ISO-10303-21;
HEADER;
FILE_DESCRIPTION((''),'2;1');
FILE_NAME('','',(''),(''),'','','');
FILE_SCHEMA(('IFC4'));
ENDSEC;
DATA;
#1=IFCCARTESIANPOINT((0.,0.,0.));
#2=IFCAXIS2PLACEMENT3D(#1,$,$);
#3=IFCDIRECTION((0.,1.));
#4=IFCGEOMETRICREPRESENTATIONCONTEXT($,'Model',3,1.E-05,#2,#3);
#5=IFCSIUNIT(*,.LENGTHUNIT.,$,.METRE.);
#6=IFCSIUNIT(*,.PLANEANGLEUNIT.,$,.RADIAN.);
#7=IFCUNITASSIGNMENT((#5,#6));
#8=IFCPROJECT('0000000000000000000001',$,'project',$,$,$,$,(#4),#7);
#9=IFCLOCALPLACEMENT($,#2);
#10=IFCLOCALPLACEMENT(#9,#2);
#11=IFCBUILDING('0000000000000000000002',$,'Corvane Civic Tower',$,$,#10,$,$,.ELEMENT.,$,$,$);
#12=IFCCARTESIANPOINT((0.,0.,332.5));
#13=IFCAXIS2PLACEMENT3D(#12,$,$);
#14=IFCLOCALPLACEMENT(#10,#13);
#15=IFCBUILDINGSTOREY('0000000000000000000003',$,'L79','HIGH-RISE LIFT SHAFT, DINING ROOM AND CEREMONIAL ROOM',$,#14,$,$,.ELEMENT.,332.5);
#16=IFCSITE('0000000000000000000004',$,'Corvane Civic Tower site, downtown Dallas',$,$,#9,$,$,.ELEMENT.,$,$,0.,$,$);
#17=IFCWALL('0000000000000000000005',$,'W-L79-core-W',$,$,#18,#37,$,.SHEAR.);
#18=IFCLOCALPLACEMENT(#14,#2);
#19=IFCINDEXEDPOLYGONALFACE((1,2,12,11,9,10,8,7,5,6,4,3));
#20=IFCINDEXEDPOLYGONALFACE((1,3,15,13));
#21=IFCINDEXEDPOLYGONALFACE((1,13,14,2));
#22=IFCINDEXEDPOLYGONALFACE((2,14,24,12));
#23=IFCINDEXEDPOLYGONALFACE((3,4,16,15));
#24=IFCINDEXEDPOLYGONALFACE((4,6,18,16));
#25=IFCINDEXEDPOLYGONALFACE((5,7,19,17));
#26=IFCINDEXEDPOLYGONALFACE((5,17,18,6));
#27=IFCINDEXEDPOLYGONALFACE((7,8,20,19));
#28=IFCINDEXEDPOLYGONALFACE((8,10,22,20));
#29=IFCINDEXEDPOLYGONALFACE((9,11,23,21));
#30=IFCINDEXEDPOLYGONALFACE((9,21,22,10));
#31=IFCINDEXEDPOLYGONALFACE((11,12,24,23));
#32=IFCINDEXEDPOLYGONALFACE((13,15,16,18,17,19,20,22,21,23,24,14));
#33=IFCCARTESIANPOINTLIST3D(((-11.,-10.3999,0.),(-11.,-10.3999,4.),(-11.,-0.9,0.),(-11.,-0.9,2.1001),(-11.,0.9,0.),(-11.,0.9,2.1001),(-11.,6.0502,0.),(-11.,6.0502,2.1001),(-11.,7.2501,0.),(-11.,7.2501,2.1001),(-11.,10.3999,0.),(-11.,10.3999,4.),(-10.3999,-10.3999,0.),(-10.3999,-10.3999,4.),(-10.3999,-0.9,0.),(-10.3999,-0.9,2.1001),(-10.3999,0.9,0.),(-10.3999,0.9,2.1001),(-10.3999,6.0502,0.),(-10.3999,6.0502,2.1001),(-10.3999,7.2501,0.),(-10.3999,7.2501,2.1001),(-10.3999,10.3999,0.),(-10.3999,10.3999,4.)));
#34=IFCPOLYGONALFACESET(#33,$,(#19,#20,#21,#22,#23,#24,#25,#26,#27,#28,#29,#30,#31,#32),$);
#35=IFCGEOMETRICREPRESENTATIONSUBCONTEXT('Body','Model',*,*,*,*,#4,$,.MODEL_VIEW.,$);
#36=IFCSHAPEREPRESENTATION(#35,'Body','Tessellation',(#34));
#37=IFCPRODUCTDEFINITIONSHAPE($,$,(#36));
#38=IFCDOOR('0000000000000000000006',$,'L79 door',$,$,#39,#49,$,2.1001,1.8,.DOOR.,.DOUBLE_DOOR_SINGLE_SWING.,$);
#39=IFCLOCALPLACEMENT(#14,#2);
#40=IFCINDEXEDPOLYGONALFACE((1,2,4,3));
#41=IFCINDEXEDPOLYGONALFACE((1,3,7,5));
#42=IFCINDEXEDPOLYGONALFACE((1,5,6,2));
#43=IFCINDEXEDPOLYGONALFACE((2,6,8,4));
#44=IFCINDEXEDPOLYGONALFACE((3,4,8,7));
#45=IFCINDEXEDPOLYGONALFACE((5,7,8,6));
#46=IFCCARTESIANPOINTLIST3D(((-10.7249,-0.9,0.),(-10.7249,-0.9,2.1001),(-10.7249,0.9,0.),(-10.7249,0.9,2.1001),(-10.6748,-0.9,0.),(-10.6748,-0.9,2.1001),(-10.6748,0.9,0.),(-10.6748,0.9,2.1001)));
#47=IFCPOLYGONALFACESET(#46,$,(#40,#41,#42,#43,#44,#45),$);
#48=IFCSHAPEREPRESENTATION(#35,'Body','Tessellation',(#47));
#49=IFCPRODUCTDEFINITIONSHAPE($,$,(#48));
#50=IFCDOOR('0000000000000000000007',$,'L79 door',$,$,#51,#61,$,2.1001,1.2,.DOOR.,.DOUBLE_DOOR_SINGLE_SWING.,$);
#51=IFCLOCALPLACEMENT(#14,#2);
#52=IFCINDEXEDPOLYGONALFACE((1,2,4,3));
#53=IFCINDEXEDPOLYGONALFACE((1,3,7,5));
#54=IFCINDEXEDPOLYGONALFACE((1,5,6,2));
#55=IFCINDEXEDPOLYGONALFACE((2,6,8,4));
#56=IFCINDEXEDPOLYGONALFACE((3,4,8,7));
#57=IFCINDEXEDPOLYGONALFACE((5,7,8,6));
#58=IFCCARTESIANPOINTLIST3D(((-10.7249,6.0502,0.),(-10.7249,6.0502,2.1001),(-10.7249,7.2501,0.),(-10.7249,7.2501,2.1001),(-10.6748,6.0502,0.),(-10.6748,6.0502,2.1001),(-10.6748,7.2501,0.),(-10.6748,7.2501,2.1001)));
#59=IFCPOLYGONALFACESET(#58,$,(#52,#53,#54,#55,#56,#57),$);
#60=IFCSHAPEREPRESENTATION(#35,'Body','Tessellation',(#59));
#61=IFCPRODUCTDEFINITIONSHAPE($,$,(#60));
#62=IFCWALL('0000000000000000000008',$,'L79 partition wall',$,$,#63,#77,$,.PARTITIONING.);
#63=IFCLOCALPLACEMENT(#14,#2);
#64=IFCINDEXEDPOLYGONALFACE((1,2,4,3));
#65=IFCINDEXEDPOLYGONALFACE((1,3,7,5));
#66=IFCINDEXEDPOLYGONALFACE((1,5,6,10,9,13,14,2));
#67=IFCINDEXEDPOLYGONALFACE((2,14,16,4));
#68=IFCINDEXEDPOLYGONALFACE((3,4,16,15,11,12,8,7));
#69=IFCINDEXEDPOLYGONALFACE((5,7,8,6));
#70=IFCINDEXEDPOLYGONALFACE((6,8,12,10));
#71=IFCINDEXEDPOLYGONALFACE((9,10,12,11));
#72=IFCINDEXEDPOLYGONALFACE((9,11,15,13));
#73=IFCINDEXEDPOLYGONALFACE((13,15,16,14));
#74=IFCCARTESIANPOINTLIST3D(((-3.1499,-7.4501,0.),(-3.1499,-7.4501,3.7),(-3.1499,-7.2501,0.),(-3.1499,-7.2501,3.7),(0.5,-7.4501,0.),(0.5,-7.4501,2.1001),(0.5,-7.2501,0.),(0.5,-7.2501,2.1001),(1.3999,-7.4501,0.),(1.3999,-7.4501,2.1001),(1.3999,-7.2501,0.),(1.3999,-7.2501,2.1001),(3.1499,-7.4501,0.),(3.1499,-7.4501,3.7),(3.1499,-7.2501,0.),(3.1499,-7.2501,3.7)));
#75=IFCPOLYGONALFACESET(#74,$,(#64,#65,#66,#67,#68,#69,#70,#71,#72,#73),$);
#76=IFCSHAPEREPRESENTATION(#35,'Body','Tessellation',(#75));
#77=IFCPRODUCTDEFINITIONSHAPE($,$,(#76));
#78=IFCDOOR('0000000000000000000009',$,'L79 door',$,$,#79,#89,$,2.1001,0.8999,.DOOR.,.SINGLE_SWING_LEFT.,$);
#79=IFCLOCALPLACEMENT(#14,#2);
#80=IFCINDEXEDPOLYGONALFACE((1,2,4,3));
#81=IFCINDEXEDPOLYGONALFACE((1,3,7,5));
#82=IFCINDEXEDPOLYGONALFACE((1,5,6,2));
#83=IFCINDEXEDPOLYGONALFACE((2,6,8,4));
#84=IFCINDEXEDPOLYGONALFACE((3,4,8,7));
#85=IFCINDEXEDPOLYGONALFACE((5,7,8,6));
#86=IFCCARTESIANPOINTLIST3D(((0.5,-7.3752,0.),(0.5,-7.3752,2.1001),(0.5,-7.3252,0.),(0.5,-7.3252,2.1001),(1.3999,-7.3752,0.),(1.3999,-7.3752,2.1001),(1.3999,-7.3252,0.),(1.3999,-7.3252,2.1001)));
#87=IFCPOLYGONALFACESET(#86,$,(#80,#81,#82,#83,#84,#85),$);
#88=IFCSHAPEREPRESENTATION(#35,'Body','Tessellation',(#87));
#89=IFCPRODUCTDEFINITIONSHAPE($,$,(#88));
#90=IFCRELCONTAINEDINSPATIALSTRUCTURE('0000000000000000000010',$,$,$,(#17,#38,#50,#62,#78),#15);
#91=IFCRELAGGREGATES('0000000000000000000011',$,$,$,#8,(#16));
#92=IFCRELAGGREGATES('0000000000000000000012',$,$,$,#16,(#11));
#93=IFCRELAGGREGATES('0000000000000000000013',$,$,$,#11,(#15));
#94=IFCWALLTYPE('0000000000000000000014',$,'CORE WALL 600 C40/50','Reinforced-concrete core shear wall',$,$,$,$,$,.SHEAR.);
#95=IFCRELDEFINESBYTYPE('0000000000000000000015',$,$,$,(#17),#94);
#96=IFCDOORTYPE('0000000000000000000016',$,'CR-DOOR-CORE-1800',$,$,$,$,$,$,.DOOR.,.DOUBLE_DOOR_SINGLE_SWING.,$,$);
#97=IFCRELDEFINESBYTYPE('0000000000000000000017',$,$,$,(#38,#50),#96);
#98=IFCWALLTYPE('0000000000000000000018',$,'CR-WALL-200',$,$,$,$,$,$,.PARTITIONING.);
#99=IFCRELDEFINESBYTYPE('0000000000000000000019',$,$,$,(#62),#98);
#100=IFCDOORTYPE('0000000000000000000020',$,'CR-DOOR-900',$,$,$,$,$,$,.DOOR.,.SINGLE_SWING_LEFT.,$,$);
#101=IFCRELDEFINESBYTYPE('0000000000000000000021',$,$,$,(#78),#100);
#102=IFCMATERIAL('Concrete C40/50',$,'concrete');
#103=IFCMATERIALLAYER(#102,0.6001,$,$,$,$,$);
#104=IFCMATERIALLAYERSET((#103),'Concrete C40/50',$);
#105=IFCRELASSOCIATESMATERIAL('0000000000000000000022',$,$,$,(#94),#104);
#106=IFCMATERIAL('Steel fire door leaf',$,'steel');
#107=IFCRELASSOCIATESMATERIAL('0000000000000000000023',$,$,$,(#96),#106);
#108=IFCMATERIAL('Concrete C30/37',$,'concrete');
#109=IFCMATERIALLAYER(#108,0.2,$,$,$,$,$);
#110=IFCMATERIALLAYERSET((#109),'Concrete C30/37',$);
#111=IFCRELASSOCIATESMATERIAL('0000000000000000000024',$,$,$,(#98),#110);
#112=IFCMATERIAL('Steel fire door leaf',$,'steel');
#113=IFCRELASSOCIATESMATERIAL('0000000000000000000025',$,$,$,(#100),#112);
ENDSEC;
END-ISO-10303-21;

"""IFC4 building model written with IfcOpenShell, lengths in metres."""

from ifc_helpers import new_model, si_unit, direction, frame, frame_2d, origin, place, context, subcontext, project, spatial, rectangle, extrude, material, layer, layer_set, type_object, element, fill, save


model = new_model("IFC4")

# Units and contexts
model_context = context("Model", 3, precision=1e-05, world=origin(), true_north=direction((0.0, 1.0)))
body_context = subcontext(model_context, "Body", "Model", "MODEL_VIEW")
ifc_project = project(units=[si_unit("LENGTHUNIT", "METRE"), si_unit("PLANEANGLEUNIT", "RADIAN")], contexts=[model_context])

# Site, building, storey
site_placement = place(None, origin())
site = spatial("IfcSite", under=ifc_project, at=site_placement, Name="Corvane Civic Tower site, downtown Dallas", CompositionType="ELEMENT", RefElevation=0.0)
building_placement = place(site_placement, origin())
building = spatial("IfcBuilding", under=site, at=building_placement, Name="Corvane Civic Tower", CompositionType="ELEMENT")
storey_placement = place(building_placement, frame((0.0, 0.0, 332.5)))
storey = spatial("IfcBuildingStorey", under=building, at=storey_placement, Name="L79", Description="HIGH-RISE LIFT SHAFT, DINING ROOM AND CEREMONIAL ROOM", CompositionType="ELEMENT", Elevation=332.5)

# Wall, openings, doors
ifc_material_1 = material(Name="Concrete C40/50", Category="concrete")
ifc_layer_1 = layer(ifc_material_1, 0.6001)
ifc_layer_set_1 = layer_set([ifc_layer_1], Name="Concrete C40/50")
wall_type_1 = type_object("IfcWallType", Name="CORE WALL 600 C40/50", Description="Reinforced-concrete core shear wall", PredefinedType="SHEAR", material=ifc_layer_set_1)
wall_1_placement = place(storey_placement, frame((-10.7, -10.3999, 0.0), z_axis=(0.0, 0.0, 1.0), x_axis=(0.0, 1.0, 0.0)))
wall_1 = element("IfcWall", 1, at=wall_1_placement, inside=storey, type_object=wall_type_1, Name="W-L79-core-W", PredefinedType="SHEAR", context=body_context, shape_type="SweptSolid", body=[
    extrude(rectangle(XDim=20.7998, YDim=0.6001, at=frame_2d((10.3999, 0.0))), origin(), (0.0, 0.0, 1.0), 4.0),
])
opening_1_placement = place(wall_1_placement, frame((9.5, 0.0, 0.0)))
opening_1 = element("IfcOpeningElement", 2, at=opening_1_placement, cuts=wall_1, PredefinedType="OPENING", context=body_context, shape_type="SweptSolid", body=[
    extrude(rectangle(XDim=1.8, YDim=2.1001, at=frame_2d((0.8999, 1.05))), frame((0.0, 0.3101, 0.0), z_axis=(0.0, -1.0, 0.0), x_axis=(1.0, 0.0, 0.0)), (0.0, 0.0, 1.0), 0.6201),
])
opening_2_placement = place(wall_1_placement, frame((16.45, 0.0, 0.0)))
opening_2 = element("IfcOpeningElement", 3, at=opening_2_placement, cuts=wall_1, PredefinedType="OPENING", context=body_context, shape_type="SweptSolid", body=[
    extrude(rectangle(XDim=1.2, YDim=2.1001, at=frame_2d((0.6001, 1.05))), frame((0.0, 0.3101, 0.0), z_axis=(0.0, -1.0, 0.0), x_axis=(1.0, 0.0, 0.0)), (0.0, 0.0, 1.0), 0.6201),
])
ifc_material_2 = material(Name="Steel fire door leaf", Category="steel")
door_type_1 = type_object("IfcDoorType", Name="CR-DOOR-CORE-1800", OperationType="DOUBLE_DOOR_SINGLE_SWING", PredefinedType="DOOR", material=ifc_material_2)
door_1_placement = place(opening_1_placement, origin())
door_1 = element("IfcDoor", 4, at=door_1_placement, inside=storey, type_object=door_type_1, Name="L79 door", OperationType="DOUBLE_DOOR_SINGLE_SWING", OverallHeight=2.1001, OverallWidth=1.8, PredefinedType="DOOR", context=body_context, shape_type="SweptSolid", body=[
    extrude(rectangle(XDim=1.8, YDim=2.1001, at=frame_2d((0.8999, 1.05))), frame((0.0, 0.0249, 0.0), z_axis=(0.0, -1.0, 0.0), x_axis=(1.0, 0.0, 0.0)), (0.0, 0.0, 1.0), 0.05),
])
fill(opening_1, door_1)
door_2_placement = place(opening_2_placement, origin())
door_2 = element("IfcDoor", 5, at=door_2_placement, inside=storey, type_object=door_type_1, Name="L79 door", OperationType="DOUBLE_DOOR_SINGLE_SWING", OverallHeight=2.1001, OverallWidth=1.2, PredefinedType="DOOR", context=body_context, shape_type="SweptSolid", body=[
    extrude(rectangle(XDim=1.2, YDim=2.1001, at=frame_2d((0.6001, 1.05))), frame((0.0, 0.0249, 0.0), z_axis=(0.0, -1.0, 0.0), x_axis=(1.0, 0.0, 0.0)), (0.0, 0.0, 1.0), 0.05),
])
fill(opening_2, door_2)

# Wall, opening, door
ifc_material_3 = material(Name="Concrete C30/37", Category="concrete")
ifc_layer_2 = layer(ifc_material_3, 0.2)
ifc_layer_set_2 = layer_set([ifc_layer_2], Name="Concrete C30/37")
wall_type_2 = type_object("IfcWallType", Name="CR-WALL-200", PredefinedType="PARTITIONING", material=ifc_layer_set_2)
wall_2_placement = place(storey_placement, frame((-3.1499, -7.3501, 0.0), z_axis=(0.0, 0.0, 1.0), x_axis=(1.0, 0.0, 0.0)))
wall_2 = element("IfcWall", 6, at=wall_2_placement, inside=storey, type_object=wall_type_2, Name="L79 partition wall", PredefinedType="PARTITIONING", context=body_context, shape_type="SweptSolid", body=[
    extrude(rectangle(XDim=6.2998, YDim=0.2, at=frame_2d((3.1499, 0.0))), origin(), (0.0, 0.0, 1.0), 3.7),
])
opening_3_placement = place(wall_2_placement, frame((3.6499, 0.0, 0.0)))
opening_3 = element("IfcOpeningElement", 7, at=opening_3_placement, cuts=wall_2, PredefinedType="OPENING", context=body_context, shape_type="SweptSolid", body=[
    extrude(rectangle(XDim=0.8999, YDim=2.1001, at=frame_2d((0.45, 1.05))), frame((0.0, 0.1099, 0.0), z_axis=(0.0, -1.0, 0.0), x_axis=(1.0, 0.0, 0.0)), (0.0, 0.0, 1.0), 0.22),
])
ifc_material_4 = material(Name="Steel fire door leaf", Category="steel")
door_type_2 = type_object("IfcDoorType", Name="CR-DOOR-900", OperationType="SINGLE_SWING_LEFT", PredefinedType="DOOR", material=ifc_material_4)
door_3_placement = place(opening_3_placement, origin())
door_3 = element("IfcDoor", 8, at=door_3_placement, inside=storey, type_object=door_type_2, Name="L79 door", OperationType="SINGLE_SWING_LEFT", OverallHeight=2.1001, OverallWidth=0.8999, PredefinedType="DOOR", context=body_context, shape_type="SweptSolid", body=[
    extrude(rectangle(XDim=0.8999, YDim=2.1001, at=frame_2d((0.45, 1.05))), frame((0.0, 0.0249, 0.0), z_axis=(0.0, -1.0, 0.0), x_axis=(1.0, 0.0, 0.0)), (0.0, 0.0, 1.0), 0.05),
])
fill(opening_3, door_3)

save(model, "model.ifc")
